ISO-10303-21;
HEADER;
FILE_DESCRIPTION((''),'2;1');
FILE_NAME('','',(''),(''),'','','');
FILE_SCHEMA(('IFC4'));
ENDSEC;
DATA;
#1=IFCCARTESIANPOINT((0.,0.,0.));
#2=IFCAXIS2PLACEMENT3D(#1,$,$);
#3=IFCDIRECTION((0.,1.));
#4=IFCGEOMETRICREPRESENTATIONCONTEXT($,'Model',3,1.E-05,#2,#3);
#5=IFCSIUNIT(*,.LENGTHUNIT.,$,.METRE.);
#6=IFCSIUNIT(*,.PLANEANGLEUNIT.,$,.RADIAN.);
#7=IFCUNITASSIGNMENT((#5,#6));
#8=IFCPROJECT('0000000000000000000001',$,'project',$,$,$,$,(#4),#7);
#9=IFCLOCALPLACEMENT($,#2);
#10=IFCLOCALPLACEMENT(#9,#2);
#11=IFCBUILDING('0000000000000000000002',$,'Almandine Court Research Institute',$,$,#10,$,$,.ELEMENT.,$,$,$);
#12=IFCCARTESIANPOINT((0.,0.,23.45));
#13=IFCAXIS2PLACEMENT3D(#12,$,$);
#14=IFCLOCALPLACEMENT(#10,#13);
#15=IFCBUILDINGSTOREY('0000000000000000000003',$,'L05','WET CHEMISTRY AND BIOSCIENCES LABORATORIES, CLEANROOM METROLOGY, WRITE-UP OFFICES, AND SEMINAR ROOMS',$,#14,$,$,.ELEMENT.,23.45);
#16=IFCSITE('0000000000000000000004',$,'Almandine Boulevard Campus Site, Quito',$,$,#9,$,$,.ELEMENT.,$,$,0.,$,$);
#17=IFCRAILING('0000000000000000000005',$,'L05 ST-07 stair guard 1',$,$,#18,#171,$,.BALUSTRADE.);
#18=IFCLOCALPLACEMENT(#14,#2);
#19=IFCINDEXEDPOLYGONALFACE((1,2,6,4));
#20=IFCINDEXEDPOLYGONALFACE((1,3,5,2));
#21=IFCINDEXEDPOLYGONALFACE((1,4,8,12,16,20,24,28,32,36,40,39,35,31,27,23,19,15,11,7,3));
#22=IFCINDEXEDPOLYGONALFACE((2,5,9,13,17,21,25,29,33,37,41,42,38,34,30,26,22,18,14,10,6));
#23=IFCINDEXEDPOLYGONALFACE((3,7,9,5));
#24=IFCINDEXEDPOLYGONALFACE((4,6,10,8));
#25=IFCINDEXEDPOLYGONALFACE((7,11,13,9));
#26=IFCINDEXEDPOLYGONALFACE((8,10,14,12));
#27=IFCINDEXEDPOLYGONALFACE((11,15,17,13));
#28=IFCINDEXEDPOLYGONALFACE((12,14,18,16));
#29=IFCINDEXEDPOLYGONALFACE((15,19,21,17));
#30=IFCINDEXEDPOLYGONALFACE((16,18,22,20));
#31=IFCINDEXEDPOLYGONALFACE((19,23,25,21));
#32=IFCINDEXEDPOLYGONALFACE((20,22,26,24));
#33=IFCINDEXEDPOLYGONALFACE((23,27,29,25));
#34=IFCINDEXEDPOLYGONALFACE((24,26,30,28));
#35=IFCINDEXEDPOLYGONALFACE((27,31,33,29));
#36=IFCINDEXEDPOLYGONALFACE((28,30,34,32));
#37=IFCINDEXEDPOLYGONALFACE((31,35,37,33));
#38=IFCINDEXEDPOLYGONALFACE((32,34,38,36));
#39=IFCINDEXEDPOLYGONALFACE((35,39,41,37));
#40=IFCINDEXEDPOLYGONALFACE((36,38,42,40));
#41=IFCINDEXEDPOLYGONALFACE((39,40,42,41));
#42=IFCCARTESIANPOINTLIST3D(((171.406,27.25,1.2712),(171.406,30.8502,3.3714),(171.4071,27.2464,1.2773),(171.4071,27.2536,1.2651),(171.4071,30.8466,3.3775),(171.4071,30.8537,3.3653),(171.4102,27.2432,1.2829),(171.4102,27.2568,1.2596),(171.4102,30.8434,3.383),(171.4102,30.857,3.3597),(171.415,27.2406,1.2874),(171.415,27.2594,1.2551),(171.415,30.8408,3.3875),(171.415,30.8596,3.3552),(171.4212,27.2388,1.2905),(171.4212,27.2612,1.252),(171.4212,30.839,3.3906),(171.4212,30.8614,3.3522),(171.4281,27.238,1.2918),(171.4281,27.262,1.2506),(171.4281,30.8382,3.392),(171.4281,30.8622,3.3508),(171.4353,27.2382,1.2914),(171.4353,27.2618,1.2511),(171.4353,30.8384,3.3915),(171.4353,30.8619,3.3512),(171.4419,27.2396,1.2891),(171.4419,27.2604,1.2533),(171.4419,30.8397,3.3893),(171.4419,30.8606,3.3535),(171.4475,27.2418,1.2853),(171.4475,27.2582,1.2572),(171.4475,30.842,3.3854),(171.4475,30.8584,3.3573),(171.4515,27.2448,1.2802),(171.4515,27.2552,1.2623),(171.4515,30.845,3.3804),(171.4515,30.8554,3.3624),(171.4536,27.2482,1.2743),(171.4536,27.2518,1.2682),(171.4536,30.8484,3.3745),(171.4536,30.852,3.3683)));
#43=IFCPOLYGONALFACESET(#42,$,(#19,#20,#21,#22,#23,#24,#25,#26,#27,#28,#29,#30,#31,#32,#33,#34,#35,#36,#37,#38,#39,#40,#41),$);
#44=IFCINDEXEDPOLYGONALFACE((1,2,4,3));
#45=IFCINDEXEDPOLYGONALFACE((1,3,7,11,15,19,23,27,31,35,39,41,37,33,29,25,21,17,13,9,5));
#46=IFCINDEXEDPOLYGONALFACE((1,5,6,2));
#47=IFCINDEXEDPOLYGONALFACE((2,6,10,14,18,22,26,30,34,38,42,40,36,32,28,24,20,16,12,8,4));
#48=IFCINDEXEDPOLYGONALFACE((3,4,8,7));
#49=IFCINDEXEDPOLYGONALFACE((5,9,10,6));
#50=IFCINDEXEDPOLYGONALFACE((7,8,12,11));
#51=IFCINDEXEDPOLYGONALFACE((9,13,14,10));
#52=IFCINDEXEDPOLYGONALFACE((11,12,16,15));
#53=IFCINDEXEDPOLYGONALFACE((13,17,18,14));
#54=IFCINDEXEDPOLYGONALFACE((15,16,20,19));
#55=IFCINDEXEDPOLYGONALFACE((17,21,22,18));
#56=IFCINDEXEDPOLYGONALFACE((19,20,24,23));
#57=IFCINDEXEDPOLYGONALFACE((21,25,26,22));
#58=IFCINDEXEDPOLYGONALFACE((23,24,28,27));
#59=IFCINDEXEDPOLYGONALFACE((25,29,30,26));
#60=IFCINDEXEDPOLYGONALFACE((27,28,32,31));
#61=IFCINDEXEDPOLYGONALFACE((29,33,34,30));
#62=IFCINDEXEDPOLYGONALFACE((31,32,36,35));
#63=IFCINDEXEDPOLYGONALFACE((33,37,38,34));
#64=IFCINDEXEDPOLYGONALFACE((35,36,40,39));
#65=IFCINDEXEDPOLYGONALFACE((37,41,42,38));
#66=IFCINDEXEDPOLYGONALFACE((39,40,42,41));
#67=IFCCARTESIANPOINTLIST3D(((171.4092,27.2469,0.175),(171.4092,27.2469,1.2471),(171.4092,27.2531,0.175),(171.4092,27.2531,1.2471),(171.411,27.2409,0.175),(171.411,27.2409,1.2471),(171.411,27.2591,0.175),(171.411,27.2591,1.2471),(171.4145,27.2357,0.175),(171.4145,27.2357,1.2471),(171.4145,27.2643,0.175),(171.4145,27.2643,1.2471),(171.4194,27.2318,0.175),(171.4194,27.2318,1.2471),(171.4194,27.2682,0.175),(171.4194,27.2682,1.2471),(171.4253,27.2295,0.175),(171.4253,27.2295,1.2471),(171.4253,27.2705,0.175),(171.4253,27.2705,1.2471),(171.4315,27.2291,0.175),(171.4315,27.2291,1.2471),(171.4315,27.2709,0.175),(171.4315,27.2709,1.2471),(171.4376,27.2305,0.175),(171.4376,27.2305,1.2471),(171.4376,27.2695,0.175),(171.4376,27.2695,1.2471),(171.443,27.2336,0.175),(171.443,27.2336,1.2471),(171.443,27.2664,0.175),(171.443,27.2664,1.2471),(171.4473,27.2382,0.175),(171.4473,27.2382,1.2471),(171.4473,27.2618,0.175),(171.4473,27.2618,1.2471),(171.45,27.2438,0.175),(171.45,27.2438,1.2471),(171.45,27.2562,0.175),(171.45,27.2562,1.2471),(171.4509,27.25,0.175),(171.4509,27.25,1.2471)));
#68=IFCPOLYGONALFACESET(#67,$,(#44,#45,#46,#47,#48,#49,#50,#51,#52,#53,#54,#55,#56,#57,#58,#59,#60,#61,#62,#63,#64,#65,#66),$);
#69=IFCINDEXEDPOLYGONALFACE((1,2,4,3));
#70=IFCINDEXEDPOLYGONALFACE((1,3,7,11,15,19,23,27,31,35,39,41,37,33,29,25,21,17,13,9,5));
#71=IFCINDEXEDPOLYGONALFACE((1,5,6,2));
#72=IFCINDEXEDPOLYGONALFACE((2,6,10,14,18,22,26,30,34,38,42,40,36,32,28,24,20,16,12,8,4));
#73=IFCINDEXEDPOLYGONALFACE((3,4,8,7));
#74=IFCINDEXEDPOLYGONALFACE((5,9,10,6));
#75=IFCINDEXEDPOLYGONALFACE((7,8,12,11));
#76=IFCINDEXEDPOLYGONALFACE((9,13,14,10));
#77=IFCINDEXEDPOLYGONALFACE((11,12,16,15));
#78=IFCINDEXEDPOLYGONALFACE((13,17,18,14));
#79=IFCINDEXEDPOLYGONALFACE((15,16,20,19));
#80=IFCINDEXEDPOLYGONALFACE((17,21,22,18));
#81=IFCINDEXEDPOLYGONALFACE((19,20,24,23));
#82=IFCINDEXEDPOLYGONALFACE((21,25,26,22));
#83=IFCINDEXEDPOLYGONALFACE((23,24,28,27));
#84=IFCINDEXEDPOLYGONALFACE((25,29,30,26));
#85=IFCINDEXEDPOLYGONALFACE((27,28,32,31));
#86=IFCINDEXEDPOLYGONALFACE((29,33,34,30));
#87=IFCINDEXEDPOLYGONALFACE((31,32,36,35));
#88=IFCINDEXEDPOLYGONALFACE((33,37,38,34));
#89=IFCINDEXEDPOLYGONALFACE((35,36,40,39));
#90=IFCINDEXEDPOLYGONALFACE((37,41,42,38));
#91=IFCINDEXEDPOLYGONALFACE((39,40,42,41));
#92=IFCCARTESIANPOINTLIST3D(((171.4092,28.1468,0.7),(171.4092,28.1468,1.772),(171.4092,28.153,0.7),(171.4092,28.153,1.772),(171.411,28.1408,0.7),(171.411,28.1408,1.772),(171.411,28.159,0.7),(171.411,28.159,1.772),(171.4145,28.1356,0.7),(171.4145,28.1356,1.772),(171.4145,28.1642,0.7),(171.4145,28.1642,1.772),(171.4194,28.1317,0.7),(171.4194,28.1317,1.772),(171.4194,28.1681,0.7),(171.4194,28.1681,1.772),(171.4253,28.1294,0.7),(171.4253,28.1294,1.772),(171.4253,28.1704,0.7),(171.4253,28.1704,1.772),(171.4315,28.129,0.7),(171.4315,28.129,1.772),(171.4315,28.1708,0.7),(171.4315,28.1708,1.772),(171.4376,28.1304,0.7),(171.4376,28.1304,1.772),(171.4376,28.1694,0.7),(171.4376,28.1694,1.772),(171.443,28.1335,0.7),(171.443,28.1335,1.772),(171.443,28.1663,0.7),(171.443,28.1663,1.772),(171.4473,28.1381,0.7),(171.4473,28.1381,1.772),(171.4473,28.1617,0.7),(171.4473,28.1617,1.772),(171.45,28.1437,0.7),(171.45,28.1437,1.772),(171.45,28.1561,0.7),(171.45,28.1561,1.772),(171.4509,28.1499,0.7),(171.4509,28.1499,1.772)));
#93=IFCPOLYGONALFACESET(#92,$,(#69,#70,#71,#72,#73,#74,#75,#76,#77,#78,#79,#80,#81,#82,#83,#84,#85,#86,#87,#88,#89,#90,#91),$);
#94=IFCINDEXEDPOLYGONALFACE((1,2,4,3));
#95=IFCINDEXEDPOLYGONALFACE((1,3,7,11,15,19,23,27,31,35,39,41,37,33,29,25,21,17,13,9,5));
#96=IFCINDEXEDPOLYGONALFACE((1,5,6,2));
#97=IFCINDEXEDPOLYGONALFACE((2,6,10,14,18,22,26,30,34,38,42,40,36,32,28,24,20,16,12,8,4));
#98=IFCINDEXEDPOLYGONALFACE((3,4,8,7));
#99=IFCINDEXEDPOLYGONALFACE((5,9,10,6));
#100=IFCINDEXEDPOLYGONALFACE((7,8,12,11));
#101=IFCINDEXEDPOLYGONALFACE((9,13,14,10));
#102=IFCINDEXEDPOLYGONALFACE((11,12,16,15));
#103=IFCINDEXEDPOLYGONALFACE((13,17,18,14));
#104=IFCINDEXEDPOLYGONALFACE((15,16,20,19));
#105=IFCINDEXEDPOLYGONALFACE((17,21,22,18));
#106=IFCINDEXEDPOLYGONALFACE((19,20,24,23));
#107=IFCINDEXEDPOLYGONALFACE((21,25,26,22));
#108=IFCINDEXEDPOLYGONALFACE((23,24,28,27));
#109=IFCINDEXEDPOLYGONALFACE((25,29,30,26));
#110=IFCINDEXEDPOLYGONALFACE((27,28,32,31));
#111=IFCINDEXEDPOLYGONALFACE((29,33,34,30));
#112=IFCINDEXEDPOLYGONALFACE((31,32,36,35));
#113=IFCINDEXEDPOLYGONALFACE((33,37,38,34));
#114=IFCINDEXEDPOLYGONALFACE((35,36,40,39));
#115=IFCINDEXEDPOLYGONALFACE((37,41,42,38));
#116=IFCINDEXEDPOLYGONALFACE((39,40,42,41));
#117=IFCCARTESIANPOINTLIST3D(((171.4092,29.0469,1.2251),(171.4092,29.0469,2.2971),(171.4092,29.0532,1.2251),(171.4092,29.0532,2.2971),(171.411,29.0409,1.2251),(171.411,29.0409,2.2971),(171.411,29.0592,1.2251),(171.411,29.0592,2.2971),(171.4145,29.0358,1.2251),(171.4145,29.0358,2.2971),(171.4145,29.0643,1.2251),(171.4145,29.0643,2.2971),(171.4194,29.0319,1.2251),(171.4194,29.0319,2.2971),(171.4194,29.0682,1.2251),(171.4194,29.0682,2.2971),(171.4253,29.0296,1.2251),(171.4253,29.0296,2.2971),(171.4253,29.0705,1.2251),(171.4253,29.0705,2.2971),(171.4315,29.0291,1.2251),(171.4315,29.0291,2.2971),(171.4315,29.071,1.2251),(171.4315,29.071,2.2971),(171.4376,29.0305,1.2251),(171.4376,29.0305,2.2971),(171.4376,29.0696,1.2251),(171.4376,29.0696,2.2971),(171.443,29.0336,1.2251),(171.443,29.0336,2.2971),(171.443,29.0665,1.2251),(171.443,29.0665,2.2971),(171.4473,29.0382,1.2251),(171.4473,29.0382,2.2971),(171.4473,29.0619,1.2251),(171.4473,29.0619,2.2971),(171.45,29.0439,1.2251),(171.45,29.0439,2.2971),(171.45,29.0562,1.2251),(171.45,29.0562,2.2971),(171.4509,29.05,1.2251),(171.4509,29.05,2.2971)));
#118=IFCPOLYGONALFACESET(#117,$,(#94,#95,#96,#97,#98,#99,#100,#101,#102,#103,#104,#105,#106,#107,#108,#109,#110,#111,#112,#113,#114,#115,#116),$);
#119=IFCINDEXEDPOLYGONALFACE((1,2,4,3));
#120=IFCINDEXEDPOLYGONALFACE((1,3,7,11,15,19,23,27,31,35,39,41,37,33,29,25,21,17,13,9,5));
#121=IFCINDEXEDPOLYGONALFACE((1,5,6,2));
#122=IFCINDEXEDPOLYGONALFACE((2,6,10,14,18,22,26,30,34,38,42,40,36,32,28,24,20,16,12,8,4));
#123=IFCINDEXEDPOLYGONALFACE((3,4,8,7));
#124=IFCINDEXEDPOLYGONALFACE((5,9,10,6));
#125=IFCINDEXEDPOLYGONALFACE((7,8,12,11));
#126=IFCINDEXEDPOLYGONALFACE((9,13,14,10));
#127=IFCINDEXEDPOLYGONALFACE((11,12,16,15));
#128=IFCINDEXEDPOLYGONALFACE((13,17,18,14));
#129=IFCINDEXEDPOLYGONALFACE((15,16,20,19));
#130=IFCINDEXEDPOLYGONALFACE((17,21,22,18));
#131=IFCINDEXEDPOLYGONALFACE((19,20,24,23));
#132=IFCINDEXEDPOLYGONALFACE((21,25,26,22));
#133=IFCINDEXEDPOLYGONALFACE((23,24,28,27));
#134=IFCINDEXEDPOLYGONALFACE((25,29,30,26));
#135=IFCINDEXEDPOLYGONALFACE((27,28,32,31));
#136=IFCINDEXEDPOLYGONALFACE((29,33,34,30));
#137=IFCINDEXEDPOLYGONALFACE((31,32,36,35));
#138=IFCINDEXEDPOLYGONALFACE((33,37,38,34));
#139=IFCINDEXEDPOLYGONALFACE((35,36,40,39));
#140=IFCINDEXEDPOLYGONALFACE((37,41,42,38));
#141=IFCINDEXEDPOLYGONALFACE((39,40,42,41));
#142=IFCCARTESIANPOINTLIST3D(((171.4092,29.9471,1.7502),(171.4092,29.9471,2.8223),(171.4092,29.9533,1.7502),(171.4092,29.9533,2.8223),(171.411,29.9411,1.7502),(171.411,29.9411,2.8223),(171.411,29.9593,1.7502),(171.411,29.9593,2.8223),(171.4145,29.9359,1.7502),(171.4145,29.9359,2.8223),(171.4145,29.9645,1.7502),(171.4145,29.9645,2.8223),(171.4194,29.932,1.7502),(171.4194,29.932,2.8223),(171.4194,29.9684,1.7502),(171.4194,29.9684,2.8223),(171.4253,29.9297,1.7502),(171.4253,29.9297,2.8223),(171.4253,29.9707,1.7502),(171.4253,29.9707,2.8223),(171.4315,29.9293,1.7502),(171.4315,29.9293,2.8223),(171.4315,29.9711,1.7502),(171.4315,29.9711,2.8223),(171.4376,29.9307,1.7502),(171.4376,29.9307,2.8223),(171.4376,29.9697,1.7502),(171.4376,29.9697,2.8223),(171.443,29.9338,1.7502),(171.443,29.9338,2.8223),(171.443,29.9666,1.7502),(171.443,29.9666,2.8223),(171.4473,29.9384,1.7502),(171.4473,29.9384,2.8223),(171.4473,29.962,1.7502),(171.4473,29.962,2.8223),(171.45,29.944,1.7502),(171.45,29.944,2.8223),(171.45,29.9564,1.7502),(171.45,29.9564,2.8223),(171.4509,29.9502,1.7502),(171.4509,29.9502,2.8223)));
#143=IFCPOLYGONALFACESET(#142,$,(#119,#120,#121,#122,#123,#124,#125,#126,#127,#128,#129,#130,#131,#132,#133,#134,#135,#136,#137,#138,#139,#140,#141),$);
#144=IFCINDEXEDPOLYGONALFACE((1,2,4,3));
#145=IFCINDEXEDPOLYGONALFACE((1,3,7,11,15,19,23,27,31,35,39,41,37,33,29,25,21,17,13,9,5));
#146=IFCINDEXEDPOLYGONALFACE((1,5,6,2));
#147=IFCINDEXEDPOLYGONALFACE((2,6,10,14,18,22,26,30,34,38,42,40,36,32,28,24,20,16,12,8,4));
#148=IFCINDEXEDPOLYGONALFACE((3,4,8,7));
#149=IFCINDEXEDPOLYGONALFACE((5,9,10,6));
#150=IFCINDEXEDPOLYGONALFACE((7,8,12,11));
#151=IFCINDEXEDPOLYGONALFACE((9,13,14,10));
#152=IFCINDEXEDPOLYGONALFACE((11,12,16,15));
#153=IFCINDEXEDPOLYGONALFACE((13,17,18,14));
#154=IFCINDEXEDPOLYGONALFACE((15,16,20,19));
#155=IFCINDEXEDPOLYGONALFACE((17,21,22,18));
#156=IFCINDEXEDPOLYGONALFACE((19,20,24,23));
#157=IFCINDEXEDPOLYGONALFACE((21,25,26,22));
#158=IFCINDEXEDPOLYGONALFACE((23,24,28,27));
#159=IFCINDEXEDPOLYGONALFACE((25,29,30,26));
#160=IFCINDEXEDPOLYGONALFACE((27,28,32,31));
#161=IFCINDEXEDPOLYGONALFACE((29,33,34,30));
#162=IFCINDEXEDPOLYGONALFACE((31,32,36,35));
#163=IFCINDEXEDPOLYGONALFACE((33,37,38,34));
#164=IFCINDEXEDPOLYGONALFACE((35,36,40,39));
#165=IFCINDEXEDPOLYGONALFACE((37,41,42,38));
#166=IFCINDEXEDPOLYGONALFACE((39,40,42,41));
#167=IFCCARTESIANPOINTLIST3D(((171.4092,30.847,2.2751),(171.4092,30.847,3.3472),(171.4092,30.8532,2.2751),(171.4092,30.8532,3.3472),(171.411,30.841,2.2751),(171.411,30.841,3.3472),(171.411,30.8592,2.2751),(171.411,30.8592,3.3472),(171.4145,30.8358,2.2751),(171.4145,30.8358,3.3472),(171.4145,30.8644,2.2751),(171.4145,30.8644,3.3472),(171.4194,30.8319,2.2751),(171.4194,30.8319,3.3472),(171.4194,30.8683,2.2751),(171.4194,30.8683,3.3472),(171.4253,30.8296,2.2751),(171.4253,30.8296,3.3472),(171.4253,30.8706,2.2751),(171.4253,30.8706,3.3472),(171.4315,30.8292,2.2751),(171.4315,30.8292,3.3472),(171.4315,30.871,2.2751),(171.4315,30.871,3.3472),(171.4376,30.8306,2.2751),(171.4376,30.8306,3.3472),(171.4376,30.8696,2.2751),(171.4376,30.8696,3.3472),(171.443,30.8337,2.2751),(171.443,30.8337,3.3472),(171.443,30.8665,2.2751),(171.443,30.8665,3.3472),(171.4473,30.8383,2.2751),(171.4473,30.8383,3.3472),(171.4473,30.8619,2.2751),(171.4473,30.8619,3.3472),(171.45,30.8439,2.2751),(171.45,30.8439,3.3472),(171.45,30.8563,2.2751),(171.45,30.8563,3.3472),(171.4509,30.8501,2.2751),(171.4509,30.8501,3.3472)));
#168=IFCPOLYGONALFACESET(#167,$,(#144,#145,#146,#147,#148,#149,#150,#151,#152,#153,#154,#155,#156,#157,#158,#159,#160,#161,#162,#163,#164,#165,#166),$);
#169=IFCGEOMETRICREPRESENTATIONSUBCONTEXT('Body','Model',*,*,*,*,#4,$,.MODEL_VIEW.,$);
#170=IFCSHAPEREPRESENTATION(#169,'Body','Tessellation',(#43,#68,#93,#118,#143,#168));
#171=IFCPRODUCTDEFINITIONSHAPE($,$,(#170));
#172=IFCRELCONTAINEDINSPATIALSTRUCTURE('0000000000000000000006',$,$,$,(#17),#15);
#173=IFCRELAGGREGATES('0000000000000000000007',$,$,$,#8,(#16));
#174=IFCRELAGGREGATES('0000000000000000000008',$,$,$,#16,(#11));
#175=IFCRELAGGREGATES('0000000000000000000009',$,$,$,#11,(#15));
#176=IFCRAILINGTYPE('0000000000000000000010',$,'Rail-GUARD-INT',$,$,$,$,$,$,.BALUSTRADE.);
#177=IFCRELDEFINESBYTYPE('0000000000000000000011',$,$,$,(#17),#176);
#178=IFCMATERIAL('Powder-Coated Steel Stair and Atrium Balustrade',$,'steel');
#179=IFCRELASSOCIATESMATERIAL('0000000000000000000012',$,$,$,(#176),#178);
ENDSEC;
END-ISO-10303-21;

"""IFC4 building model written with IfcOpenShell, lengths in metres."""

from ifc_helpers import new_model, si_unit, direction, frame, origin, origin_2d, place, context, subcontext, project, spatial, circle, extrude, material, type_object, element, save


model = new_model("IFC4")

# Units and contexts
model_context = context("Model", 3, precision=1e-05, world=origin(), true_north=direction((0.0, 1.0)))
body_context = subcontext(model_context, "Body", "Model", "MODEL_VIEW")
ifc_project = project(units=[si_unit("LENGTHUNIT", "METRE"), si_unit("PLANEANGLEUNIT", "RADIAN")], contexts=[model_context])

# Site, building, storey
site_placement = place(None, origin())
site = spatial("IfcSite", under=ifc_project, at=site_placement, Name="Almandine Boulevard Campus Site, Quito", CompositionType="ELEMENT", RefElevation=0.0)
building_placement = place(site_placement, origin())
building = spatial("IfcBuilding", under=site, at=building_placement, Name="Almandine Court Research Institute", CompositionType="ELEMENT")
storey_placement = place(building_placement, frame((0.0, 0.0, 23.45)))
storey = spatial("IfcBuildingStorey", under=building, at=storey_placement, Name="L05", Description="WET CHEMISTRY AND BIOSCIENCES LABORATORIES, CLEANROOM METROLOGY, WRITE-UP OFFICES, AND SEMINAR ROOMS", CompositionType="ELEMENT", Elevation=23.45)

# Railing
ifc_material_1 = material(Name="Powder-Coated Steel Stair and Atrium Balustrade", Category="steel")
railing_type_1 = type_object("IfcRailingType", Name="Rail-GUARD-INT", PredefinedType="BALUSTRADE", material=ifc_material_1)
railing_1_placement = place(storey_placement, frame((171.4299, 27.25, 0.175)))
element("IfcRailing", 1, at=railing_1_placement, inside=storey, type_object=railing_type_1, Name="L05 ST-07 stair guard 1", PredefinedType="BALUSTRADE", context=body_context, shape_type="SweptSolid", body=[
    extrude(circle(Radius=0.0239, at=origin_2d()), frame((0.0, 0.0, 1.0962), z_axis=(0.0, 0.863775, 0.503878), x_axis=(-1.0, 0.0, 0.0)), (0.0, 0.0, 1.0), 4.168),
    extrude(circle(Radius=0.021, at=origin_2d()), origin(), (0.0, 0.0, 1.0), 1.072),
    extrude(circle(Radius=0.021, at=origin_2d()), frame((0.0, 0.8999, 0.5249)), (0.0, 0.0, 1.0), 1.072),
    extrude(circle(Radius=0.021, at=origin_2d()), frame((0.0, 1.8, 1.05)), (0.0, 0.0, 1.0), 1.072),
    extrude(circle(Radius=0.021, at=origin_2d()), frame((0.0, 2.7002, 1.5752)), (0.0, 0.0, 1.0), 1.072),
    extrude(circle(Radius=0.021, at=origin_2d()), frame((0.0, 3.6001, 2.1001)), (0.0, 0.0, 1.0), 1.072),
])

save(model, "model.ifc")
